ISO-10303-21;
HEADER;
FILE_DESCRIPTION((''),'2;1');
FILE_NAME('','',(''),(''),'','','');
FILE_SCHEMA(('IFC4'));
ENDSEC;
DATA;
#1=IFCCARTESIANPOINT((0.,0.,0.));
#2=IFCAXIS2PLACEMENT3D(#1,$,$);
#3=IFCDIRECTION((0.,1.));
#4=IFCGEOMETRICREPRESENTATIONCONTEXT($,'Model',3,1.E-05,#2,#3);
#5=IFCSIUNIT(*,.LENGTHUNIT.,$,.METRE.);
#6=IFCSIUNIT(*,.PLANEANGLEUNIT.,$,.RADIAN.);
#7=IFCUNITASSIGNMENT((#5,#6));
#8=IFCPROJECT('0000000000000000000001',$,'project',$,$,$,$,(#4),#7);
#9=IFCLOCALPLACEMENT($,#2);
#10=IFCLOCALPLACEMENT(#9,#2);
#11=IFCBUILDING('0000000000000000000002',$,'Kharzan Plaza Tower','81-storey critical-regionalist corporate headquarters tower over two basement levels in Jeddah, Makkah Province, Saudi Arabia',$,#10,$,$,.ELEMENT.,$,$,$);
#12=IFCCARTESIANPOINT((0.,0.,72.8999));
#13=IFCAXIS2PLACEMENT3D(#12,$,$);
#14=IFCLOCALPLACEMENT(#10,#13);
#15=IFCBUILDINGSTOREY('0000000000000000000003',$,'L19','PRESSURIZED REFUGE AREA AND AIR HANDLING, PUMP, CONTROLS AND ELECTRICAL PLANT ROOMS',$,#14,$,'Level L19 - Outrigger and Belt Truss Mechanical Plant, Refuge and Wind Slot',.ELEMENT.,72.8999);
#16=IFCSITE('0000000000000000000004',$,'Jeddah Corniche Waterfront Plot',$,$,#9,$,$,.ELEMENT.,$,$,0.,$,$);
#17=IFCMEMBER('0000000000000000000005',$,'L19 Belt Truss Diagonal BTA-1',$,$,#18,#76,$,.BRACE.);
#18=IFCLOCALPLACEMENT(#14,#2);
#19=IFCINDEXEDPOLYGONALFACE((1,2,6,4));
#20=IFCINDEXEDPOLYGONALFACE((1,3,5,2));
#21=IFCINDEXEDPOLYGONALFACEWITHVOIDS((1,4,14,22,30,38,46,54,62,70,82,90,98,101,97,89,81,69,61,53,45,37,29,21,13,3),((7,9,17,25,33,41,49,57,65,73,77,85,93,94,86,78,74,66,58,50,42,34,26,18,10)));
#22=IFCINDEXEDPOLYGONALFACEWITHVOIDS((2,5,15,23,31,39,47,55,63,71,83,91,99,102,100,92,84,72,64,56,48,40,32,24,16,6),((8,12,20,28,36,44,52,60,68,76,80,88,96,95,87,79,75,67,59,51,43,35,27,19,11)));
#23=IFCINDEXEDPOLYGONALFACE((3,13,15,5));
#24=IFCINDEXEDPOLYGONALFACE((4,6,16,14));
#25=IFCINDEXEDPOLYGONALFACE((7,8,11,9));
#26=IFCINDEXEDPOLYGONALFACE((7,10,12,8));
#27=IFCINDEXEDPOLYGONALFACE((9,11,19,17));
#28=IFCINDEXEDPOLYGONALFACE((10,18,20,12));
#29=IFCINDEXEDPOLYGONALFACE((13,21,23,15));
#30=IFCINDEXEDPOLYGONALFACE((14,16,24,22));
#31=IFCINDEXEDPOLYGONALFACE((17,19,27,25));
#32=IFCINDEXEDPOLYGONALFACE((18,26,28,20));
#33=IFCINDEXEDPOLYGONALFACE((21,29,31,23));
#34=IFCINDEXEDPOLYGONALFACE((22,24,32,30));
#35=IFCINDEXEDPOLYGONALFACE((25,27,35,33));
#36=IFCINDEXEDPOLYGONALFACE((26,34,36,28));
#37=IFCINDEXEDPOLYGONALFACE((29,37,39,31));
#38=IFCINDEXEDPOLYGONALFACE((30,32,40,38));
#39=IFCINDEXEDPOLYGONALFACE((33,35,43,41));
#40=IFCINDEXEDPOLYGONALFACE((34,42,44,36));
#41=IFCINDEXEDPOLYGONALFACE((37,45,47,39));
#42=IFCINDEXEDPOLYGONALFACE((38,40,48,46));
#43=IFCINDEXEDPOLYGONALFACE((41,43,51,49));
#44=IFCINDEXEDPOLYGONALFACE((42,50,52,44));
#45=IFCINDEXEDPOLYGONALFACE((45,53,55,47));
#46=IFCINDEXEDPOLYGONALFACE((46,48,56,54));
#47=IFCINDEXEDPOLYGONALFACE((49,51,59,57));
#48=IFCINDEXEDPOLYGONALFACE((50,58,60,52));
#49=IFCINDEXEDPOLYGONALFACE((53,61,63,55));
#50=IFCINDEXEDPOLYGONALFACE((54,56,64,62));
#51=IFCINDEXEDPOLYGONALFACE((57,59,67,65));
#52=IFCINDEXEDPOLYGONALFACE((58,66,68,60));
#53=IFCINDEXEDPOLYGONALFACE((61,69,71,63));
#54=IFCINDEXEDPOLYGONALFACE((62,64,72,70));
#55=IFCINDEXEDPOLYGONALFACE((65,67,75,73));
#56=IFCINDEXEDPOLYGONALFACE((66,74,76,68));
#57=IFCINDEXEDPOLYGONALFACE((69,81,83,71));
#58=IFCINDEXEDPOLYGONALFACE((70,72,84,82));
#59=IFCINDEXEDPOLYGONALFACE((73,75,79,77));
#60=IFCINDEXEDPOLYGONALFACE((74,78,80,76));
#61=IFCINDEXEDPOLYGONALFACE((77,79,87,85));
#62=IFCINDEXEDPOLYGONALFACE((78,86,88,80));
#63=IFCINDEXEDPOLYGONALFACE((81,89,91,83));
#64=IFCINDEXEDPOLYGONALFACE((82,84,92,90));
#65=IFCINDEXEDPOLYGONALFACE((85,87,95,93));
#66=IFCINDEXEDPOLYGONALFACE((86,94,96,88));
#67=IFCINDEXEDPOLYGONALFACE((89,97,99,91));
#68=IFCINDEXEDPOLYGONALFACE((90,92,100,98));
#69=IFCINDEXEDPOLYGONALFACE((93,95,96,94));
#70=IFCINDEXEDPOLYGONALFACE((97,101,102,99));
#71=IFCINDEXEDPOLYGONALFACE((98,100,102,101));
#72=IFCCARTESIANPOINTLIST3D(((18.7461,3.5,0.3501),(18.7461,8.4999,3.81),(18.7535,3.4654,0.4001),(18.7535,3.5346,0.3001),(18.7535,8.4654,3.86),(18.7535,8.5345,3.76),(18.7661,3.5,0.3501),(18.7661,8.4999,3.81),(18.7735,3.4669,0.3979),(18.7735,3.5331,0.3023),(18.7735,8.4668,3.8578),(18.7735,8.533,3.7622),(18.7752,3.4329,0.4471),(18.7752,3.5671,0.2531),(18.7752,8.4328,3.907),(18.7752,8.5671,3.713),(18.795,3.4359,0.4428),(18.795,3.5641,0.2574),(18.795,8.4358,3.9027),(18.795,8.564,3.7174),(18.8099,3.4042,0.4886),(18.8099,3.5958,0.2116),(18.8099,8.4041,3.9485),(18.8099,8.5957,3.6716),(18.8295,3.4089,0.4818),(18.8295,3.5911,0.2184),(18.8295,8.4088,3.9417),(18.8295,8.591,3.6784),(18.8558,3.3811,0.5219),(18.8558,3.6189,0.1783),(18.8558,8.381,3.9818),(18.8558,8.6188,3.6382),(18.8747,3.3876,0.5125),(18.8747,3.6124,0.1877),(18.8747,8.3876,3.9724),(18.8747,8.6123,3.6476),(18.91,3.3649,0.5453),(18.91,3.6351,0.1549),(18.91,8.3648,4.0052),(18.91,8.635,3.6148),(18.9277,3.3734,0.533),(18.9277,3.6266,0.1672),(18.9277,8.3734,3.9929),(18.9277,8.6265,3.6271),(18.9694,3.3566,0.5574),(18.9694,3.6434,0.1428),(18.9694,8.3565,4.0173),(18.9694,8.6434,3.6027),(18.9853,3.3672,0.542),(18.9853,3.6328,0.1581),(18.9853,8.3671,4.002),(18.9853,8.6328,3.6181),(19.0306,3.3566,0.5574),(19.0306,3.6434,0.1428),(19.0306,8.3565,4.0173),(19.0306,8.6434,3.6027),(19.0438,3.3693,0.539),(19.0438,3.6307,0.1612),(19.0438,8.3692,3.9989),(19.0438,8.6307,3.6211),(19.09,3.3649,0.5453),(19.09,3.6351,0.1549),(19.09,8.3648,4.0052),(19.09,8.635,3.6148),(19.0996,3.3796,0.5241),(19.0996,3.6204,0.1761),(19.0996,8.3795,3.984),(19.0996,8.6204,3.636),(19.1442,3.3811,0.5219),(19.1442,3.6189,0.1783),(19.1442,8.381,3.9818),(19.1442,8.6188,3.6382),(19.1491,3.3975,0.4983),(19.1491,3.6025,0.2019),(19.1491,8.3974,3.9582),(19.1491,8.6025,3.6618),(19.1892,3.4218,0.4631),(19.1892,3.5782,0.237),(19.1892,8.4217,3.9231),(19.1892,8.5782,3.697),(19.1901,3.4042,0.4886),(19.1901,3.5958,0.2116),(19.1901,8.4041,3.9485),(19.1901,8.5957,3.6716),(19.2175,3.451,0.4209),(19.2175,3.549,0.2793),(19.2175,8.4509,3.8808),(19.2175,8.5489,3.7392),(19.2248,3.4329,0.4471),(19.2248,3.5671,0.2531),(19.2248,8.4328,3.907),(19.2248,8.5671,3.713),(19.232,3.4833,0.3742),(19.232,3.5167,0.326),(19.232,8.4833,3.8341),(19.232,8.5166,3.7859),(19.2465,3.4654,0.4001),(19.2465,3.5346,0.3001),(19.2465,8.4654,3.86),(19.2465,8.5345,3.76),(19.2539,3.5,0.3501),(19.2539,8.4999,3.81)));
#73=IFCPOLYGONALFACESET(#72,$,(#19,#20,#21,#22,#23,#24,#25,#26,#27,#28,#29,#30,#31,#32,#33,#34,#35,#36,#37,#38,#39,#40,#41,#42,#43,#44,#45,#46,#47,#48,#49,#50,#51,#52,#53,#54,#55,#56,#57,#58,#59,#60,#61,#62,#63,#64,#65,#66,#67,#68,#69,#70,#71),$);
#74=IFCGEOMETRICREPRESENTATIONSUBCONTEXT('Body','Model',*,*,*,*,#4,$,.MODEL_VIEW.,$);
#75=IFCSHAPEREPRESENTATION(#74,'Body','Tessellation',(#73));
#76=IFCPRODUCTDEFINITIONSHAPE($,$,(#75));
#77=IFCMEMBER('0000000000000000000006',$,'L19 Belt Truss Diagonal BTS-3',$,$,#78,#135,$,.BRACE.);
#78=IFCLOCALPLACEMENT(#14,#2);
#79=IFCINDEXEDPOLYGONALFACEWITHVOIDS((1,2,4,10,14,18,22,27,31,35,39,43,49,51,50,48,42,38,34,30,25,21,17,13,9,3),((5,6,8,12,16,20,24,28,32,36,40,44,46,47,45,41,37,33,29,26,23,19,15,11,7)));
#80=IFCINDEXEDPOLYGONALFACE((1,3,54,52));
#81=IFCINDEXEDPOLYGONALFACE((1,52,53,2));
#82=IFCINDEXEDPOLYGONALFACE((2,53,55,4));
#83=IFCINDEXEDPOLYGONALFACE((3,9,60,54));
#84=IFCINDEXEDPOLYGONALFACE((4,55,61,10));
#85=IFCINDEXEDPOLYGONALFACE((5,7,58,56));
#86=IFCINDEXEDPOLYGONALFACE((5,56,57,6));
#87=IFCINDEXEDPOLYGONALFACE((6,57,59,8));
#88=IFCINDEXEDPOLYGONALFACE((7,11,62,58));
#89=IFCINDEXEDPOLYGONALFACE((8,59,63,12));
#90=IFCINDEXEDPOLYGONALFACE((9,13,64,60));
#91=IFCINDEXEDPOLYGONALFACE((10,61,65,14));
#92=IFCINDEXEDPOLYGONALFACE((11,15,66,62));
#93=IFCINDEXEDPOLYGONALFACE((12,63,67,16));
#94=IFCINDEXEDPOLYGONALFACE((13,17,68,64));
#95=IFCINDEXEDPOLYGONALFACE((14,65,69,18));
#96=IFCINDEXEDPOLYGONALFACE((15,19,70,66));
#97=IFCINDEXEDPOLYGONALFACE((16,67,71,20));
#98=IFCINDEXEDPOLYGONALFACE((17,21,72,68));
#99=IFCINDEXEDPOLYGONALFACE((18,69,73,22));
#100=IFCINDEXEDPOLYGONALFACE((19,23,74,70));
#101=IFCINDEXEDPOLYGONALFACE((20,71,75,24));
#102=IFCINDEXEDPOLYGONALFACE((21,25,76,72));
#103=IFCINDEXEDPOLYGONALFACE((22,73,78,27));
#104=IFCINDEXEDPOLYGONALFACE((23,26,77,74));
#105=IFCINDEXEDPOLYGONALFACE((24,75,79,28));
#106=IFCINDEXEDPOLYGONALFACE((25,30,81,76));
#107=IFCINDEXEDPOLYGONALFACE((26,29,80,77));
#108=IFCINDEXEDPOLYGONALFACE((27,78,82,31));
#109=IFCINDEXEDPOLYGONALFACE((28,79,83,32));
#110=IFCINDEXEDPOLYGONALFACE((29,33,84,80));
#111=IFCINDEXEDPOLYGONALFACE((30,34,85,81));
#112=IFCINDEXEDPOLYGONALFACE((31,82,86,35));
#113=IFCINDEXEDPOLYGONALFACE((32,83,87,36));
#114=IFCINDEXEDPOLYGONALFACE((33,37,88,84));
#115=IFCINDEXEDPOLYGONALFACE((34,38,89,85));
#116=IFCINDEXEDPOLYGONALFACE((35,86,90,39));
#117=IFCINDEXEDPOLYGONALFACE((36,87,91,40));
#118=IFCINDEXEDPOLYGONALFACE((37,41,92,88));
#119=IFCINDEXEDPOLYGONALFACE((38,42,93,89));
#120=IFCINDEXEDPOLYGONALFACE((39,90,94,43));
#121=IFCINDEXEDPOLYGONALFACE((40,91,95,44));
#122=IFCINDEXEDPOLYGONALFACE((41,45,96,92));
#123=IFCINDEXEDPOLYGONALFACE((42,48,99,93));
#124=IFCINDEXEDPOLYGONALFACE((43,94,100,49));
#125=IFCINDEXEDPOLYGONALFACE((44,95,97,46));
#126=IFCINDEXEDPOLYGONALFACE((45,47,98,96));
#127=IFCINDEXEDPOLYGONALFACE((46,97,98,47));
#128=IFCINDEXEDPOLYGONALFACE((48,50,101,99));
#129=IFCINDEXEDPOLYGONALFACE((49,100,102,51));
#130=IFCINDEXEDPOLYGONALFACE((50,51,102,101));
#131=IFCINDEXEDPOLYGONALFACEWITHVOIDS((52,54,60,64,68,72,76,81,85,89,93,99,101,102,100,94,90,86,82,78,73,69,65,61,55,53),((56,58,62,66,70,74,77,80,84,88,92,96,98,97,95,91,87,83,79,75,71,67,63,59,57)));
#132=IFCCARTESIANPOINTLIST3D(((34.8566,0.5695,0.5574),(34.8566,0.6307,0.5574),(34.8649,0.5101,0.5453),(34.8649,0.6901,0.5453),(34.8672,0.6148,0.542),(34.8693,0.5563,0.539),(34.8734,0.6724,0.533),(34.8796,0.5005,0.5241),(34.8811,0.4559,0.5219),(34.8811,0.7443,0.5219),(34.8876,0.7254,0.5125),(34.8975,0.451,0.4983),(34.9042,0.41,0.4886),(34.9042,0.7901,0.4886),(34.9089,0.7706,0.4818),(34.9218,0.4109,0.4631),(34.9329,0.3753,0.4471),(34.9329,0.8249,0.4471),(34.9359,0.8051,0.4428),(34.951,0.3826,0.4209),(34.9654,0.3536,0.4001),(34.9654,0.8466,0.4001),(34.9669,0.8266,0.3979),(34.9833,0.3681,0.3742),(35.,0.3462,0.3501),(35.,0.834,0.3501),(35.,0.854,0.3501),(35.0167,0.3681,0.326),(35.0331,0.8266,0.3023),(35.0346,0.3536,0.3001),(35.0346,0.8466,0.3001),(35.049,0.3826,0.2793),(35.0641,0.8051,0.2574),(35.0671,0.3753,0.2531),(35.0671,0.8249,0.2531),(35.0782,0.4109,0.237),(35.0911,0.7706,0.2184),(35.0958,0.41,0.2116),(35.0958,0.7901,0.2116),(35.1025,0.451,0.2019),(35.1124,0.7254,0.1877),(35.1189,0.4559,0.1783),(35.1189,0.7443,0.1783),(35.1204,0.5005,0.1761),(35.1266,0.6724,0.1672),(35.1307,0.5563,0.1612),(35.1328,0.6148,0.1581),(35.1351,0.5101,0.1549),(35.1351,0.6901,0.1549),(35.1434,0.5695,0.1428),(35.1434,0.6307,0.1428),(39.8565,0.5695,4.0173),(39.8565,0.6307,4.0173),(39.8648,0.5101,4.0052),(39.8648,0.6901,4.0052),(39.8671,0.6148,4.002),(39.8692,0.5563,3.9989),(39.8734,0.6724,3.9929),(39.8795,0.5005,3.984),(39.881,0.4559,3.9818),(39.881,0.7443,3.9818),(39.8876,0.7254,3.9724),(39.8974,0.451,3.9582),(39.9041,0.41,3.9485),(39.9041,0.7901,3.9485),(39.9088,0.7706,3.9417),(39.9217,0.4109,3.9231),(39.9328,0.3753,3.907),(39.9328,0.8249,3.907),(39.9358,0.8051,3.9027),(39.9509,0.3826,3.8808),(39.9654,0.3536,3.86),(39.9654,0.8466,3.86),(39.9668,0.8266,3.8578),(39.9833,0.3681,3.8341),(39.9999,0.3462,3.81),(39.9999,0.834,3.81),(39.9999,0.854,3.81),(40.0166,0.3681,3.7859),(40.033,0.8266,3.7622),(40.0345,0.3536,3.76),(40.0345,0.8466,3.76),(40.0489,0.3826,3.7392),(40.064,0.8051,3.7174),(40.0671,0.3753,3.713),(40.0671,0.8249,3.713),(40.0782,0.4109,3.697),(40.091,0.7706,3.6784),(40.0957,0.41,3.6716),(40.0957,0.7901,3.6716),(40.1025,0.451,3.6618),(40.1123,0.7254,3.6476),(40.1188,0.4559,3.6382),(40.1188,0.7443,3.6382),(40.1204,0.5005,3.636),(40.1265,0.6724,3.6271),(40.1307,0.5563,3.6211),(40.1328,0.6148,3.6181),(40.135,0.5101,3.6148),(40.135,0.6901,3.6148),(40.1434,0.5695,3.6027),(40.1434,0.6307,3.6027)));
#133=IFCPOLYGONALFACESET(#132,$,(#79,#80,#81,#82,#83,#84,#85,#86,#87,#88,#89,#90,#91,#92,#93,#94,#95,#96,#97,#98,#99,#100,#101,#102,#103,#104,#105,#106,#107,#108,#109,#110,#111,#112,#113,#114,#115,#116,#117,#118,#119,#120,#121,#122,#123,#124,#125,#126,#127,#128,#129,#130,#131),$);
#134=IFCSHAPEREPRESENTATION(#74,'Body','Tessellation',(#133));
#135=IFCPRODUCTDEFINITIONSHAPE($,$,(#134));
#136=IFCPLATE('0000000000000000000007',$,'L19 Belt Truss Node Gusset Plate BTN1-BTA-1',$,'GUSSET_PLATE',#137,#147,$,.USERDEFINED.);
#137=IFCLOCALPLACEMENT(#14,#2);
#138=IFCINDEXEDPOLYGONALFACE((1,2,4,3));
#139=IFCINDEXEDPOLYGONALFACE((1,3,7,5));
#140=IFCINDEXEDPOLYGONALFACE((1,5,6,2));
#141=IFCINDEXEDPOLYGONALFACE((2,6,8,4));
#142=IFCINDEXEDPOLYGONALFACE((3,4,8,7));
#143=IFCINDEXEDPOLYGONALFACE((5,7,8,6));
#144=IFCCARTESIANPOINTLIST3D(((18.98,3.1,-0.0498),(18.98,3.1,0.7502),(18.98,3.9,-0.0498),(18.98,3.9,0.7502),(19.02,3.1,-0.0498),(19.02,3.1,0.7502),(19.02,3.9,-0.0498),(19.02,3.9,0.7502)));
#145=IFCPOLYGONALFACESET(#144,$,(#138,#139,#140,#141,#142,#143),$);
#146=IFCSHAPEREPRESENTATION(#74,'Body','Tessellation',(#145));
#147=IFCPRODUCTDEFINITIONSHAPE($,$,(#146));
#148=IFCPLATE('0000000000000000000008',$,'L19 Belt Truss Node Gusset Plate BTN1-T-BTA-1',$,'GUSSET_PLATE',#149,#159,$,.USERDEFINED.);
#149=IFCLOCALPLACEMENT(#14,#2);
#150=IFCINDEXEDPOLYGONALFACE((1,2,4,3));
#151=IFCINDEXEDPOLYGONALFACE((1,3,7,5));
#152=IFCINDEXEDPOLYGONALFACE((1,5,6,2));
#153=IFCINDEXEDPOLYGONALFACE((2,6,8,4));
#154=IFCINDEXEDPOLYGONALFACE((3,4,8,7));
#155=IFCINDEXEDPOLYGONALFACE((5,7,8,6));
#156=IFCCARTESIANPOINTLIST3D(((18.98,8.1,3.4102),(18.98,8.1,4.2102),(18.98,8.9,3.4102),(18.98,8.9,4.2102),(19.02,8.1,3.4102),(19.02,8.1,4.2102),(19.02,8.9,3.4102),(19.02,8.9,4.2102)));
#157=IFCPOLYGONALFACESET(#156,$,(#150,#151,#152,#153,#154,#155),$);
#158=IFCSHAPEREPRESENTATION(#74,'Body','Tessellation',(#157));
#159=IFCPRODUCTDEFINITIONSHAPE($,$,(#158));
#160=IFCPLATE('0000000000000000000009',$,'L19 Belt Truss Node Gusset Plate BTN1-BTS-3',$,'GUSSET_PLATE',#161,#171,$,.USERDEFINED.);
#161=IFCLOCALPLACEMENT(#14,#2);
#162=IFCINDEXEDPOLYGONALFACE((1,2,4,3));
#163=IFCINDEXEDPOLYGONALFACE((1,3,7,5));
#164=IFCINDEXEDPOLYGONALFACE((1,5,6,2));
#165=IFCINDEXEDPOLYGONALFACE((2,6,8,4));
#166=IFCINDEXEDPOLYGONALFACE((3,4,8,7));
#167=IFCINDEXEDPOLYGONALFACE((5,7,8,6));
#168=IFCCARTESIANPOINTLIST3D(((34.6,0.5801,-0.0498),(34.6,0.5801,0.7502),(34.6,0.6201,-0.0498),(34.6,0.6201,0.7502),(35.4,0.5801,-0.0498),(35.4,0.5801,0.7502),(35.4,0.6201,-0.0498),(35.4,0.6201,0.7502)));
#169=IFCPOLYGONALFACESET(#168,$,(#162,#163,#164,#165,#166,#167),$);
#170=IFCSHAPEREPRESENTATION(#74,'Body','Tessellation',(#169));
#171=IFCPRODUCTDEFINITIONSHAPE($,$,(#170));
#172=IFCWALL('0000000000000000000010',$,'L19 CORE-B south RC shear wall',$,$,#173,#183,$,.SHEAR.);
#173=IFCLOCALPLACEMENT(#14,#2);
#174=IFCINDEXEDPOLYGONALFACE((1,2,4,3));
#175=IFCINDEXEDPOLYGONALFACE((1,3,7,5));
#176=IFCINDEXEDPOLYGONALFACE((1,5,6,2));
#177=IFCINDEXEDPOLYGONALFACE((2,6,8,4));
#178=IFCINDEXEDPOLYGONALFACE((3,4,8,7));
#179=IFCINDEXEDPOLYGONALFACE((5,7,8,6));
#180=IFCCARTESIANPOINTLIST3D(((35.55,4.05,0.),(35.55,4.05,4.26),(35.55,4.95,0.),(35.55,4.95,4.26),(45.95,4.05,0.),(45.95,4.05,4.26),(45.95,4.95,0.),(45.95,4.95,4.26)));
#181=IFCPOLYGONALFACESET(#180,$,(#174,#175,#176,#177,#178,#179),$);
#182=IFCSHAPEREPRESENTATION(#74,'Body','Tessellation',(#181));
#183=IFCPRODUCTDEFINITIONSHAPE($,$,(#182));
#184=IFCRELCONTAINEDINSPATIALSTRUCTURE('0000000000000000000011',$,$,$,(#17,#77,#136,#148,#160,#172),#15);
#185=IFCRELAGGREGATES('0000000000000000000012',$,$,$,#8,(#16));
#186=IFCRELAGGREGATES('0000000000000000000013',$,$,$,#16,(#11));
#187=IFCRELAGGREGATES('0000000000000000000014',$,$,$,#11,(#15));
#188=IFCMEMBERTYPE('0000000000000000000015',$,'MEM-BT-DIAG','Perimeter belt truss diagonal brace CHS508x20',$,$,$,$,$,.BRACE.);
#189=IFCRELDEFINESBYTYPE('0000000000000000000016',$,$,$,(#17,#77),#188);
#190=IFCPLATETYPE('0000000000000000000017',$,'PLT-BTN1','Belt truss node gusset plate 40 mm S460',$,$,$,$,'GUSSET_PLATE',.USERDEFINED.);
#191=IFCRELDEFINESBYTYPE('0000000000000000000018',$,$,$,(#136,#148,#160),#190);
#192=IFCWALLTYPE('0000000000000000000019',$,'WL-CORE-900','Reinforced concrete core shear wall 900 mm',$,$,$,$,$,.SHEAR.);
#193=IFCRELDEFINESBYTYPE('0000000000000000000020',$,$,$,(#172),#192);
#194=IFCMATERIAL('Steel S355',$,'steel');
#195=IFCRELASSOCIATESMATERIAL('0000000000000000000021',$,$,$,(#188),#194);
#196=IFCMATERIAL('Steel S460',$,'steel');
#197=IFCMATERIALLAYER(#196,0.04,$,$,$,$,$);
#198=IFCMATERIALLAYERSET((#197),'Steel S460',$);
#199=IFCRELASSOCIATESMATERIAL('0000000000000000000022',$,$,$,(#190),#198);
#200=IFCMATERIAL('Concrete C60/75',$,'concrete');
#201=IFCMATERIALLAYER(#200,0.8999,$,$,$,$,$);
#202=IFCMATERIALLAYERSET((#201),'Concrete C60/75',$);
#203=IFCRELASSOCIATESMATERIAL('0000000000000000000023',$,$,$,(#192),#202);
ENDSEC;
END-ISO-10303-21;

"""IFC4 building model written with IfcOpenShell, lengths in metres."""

from ifc_helpers import new_model, si_unit, direction, frame, frame_2d, origin, origin_2d, place, context, subcontext, project, spatial, rectangle, hollow_circle, extrude, source, transform, mapped, material, layer, layer_set, material_profile, profile_set, type_object, element, save


model = new_model("IFC4")

# Units and contexts
model_context = context("Model", 3, precision=1e-05, world=origin(), true_north=direction((0.0, 1.0)))
body_context = subcontext(model_context, "Body", "Model", "MODEL_VIEW")
ifc_project = project(units=[si_unit("LENGTHUNIT", "METRE"), si_unit("PLANEANGLEUNIT", "RADIAN")], contexts=[model_context])

# Site, building, storey
site_placement = place(None, origin())
site = spatial("IfcSite", under=ifc_project, at=site_placement, Name="Jeddah Corniche Waterfront Plot", CompositionType="ELEMENT", RefElevation=0.0)
building_placement = place(site_placement, origin())
building = spatial("IfcBuilding", under=site, at=building_placement, Name="Kharzan Plaza Tower", Description="81-storey critical-regionalist corporate headquarters tower over two basement levels in Jeddah, Makkah Province, Saudi Arabia", CompositionType="ELEMENT")
storey_placement = place(building_placement, frame((0.0, 0.0, 72.8999)))
storey = spatial("IfcBuildingStorey", under=building, at=storey_placement, Name="L19", Description="PRESSURIZED REFUGE AREA AND AIR HANDLING, PUMP, CONTROLS AND ELECTRICAL PLANT ROOMS", LongName="Level L19 - Outrigger and Belt Truss Mechanical Plant, Refuge and Wind Slot", CompositionType="ELEMENT", Elevation=72.8999)

# Shared definitions
ifc_material_1 = material(Name="Concrete C60/75", Category="concrete")

# Shared definitions
ifc_material_2 = material(Name="Steel S355", Category="steel")

# Members
ifc_material_profile_1 = material_profile(ifc_material_2, hollow_circle(Radius=0.2539, WallThickness=0.02, at=origin_2d()), Name="CHS508x20")
ifc_profile_set_1 = profile_set([ifc_material_profile_1], Name="Steel S355")
member_type_1 = type_object("IfcMemberType", Name="MEM-BT-DIAG", Description="Perimeter belt truss diagonal brace CHS508x20", PredefinedType="BRACE", material=ifc_profile_set_1)
shared_shape_1 = source(origin(), body_context, "Body", "SweptSolid", [
    extrude(hollow_circle(Radius=0.2539, WallThickness=0.02, at=origin_2d()), origin(), (0.0, 0.0, 1.0), 6.0803),
])
for number, where, z_axis, x_axis, name in (
    (1, (19.0, 3.5, 0.3501), (0.0, 0.822314, 0.569035), (-1.0, 0.0, 0.0), "L19 Belt Truss Diagonal BTA-1"),
    (2, (35.0, 0.6001, 0.3501), (0.822314, 0.0, 0.569035), (0.0, 1.0, 0.0), "L19 Belt Truss Diagonal BTS-3"),
):
    element("IfcMember", number, at=place(storey_placement, frame(where, z_axis=z_axis, x_axis=x_axis)), inside=storey, type_object=member_type_1, Name=name, PredefinedType="BRACE", context=body_context, shape_type="MappedRepresentation", body=[
        mapped(shared_shape_1, transform((0.0, 0.0, 0.0), x_axis=(1.0, 0.0, 0.0), y_axis=(0.0, 1.0, 0.0), z_axis=(0.0, 0.0, 1.0))),
    ])

# Plates
ifc_material_3 = material(Name="Steel S460", Category="steel")
ifc_layer_1 = layer(ifc_material_3, 0.04)
ifc_layer_set_1 = layer_set([ifc_layer_1], Name="Steel S460")
plate_type = type_object("IfcPlateType", Name="PLT-BTN1", Description="Belt truss node gusset plate 40 mm S460", ElementType="GUSSET_PLATE", PredefinedType="USERDEFINED", material=ifc_layer_set_1)
shared_shape_2 = source(origin(), body_context, "Body", "SweptSolid", [
    extrude(rectangle(XDim=0.8, YDim=0.04, at=origin_2d()), origin(), (0.0, 0.0, 1.0), 0.8),
])
for number, where, z_axis, x_axis, name in (
    (3, (19.0, 3.5, -0.0498), (0.0, 0.0, 1.0), (0.0, 1.0, 0.0), "L19 Belt Truss Node Gusset Plate BTN1-BTA-1"),
    (4, (19.0, 8.5, 3.4102), (0.0, 0.0, 1.0), (0.0, 1.0, 0.0), "L19 Belt Truss Node Gusset Plate BTN1-T-BTA-1"),
    (5, (35.0, 0.6001, -0.0498), (0.0, 0.0, 1.0), (1.0, 0.0, 0.0), "L19 Belt Truss Node Gusset Plate BTN1-BTS-3"),
):
    element("IfcPlate", number, at=place(storey_placement, frame(where, z_axis=z_axis, x_axis=x_axis)), inside=storey, type_object=plate_type, Name=name, ObjectType="GUSSET_PLATE", PredefinedType="USERDEFINED", context=body_context, shape_type="MappedRepresentation", body=[
        mapped(shared_shape_2, transform((0.0, 0.0, 0.0), x_axis=(1.0, 0.0, 0.0), y_axis=(0.0, 1.0, 0.0), z_axis=(0.0, 0.0, 1.0))),
    ])

# Wall
ifc_layer_2 = layer(ifc_material_1, 0.8999)
ifc_layer_set_2 = layer_set([ifc_layer_2], Name="Concrete C60/75")
wall_type = type_object("IfcWallType", Name="WL-CORE-900", Description="Reinforced concrete core shear wall 900 mm", PredefinedType="SHEAR", material=ifc_layer_set_2)
shared_shape_3 = source(origin(), body_context, "Body", "SweptSolid", [
    extrude(rectangle(XDim=10.3999, YDim=0.8999, at=frame_2d((5.2, 0.0))), origin(), (0.0, 0.0, 1.0), 4.26),
])
wall_placement = place(storey_placement, frame((35.55, 4.5, 0.0), z_axis=(0.0, 0.0, 1.0), x_axis=(1.0, 0.0, 0.0)))
element("IfcWall", 6, at=wall_placement, inside=storey, type_object=wall_type, Name="L19 CORE-B south RC shear wall", PredefinedType="SHEAR", context=body_context, shape_type="MappedRepresentation", body=[
    mapped(shared_shape_3, transform((0.0, 0.0, 0.0), x_axis=(1.0, 0.0, 0.0), y_axis=(0.0, 1.0, 0.0), z_axis=(0.0, 0.0, 1.0))),
])

save(model, "model.ifc")
